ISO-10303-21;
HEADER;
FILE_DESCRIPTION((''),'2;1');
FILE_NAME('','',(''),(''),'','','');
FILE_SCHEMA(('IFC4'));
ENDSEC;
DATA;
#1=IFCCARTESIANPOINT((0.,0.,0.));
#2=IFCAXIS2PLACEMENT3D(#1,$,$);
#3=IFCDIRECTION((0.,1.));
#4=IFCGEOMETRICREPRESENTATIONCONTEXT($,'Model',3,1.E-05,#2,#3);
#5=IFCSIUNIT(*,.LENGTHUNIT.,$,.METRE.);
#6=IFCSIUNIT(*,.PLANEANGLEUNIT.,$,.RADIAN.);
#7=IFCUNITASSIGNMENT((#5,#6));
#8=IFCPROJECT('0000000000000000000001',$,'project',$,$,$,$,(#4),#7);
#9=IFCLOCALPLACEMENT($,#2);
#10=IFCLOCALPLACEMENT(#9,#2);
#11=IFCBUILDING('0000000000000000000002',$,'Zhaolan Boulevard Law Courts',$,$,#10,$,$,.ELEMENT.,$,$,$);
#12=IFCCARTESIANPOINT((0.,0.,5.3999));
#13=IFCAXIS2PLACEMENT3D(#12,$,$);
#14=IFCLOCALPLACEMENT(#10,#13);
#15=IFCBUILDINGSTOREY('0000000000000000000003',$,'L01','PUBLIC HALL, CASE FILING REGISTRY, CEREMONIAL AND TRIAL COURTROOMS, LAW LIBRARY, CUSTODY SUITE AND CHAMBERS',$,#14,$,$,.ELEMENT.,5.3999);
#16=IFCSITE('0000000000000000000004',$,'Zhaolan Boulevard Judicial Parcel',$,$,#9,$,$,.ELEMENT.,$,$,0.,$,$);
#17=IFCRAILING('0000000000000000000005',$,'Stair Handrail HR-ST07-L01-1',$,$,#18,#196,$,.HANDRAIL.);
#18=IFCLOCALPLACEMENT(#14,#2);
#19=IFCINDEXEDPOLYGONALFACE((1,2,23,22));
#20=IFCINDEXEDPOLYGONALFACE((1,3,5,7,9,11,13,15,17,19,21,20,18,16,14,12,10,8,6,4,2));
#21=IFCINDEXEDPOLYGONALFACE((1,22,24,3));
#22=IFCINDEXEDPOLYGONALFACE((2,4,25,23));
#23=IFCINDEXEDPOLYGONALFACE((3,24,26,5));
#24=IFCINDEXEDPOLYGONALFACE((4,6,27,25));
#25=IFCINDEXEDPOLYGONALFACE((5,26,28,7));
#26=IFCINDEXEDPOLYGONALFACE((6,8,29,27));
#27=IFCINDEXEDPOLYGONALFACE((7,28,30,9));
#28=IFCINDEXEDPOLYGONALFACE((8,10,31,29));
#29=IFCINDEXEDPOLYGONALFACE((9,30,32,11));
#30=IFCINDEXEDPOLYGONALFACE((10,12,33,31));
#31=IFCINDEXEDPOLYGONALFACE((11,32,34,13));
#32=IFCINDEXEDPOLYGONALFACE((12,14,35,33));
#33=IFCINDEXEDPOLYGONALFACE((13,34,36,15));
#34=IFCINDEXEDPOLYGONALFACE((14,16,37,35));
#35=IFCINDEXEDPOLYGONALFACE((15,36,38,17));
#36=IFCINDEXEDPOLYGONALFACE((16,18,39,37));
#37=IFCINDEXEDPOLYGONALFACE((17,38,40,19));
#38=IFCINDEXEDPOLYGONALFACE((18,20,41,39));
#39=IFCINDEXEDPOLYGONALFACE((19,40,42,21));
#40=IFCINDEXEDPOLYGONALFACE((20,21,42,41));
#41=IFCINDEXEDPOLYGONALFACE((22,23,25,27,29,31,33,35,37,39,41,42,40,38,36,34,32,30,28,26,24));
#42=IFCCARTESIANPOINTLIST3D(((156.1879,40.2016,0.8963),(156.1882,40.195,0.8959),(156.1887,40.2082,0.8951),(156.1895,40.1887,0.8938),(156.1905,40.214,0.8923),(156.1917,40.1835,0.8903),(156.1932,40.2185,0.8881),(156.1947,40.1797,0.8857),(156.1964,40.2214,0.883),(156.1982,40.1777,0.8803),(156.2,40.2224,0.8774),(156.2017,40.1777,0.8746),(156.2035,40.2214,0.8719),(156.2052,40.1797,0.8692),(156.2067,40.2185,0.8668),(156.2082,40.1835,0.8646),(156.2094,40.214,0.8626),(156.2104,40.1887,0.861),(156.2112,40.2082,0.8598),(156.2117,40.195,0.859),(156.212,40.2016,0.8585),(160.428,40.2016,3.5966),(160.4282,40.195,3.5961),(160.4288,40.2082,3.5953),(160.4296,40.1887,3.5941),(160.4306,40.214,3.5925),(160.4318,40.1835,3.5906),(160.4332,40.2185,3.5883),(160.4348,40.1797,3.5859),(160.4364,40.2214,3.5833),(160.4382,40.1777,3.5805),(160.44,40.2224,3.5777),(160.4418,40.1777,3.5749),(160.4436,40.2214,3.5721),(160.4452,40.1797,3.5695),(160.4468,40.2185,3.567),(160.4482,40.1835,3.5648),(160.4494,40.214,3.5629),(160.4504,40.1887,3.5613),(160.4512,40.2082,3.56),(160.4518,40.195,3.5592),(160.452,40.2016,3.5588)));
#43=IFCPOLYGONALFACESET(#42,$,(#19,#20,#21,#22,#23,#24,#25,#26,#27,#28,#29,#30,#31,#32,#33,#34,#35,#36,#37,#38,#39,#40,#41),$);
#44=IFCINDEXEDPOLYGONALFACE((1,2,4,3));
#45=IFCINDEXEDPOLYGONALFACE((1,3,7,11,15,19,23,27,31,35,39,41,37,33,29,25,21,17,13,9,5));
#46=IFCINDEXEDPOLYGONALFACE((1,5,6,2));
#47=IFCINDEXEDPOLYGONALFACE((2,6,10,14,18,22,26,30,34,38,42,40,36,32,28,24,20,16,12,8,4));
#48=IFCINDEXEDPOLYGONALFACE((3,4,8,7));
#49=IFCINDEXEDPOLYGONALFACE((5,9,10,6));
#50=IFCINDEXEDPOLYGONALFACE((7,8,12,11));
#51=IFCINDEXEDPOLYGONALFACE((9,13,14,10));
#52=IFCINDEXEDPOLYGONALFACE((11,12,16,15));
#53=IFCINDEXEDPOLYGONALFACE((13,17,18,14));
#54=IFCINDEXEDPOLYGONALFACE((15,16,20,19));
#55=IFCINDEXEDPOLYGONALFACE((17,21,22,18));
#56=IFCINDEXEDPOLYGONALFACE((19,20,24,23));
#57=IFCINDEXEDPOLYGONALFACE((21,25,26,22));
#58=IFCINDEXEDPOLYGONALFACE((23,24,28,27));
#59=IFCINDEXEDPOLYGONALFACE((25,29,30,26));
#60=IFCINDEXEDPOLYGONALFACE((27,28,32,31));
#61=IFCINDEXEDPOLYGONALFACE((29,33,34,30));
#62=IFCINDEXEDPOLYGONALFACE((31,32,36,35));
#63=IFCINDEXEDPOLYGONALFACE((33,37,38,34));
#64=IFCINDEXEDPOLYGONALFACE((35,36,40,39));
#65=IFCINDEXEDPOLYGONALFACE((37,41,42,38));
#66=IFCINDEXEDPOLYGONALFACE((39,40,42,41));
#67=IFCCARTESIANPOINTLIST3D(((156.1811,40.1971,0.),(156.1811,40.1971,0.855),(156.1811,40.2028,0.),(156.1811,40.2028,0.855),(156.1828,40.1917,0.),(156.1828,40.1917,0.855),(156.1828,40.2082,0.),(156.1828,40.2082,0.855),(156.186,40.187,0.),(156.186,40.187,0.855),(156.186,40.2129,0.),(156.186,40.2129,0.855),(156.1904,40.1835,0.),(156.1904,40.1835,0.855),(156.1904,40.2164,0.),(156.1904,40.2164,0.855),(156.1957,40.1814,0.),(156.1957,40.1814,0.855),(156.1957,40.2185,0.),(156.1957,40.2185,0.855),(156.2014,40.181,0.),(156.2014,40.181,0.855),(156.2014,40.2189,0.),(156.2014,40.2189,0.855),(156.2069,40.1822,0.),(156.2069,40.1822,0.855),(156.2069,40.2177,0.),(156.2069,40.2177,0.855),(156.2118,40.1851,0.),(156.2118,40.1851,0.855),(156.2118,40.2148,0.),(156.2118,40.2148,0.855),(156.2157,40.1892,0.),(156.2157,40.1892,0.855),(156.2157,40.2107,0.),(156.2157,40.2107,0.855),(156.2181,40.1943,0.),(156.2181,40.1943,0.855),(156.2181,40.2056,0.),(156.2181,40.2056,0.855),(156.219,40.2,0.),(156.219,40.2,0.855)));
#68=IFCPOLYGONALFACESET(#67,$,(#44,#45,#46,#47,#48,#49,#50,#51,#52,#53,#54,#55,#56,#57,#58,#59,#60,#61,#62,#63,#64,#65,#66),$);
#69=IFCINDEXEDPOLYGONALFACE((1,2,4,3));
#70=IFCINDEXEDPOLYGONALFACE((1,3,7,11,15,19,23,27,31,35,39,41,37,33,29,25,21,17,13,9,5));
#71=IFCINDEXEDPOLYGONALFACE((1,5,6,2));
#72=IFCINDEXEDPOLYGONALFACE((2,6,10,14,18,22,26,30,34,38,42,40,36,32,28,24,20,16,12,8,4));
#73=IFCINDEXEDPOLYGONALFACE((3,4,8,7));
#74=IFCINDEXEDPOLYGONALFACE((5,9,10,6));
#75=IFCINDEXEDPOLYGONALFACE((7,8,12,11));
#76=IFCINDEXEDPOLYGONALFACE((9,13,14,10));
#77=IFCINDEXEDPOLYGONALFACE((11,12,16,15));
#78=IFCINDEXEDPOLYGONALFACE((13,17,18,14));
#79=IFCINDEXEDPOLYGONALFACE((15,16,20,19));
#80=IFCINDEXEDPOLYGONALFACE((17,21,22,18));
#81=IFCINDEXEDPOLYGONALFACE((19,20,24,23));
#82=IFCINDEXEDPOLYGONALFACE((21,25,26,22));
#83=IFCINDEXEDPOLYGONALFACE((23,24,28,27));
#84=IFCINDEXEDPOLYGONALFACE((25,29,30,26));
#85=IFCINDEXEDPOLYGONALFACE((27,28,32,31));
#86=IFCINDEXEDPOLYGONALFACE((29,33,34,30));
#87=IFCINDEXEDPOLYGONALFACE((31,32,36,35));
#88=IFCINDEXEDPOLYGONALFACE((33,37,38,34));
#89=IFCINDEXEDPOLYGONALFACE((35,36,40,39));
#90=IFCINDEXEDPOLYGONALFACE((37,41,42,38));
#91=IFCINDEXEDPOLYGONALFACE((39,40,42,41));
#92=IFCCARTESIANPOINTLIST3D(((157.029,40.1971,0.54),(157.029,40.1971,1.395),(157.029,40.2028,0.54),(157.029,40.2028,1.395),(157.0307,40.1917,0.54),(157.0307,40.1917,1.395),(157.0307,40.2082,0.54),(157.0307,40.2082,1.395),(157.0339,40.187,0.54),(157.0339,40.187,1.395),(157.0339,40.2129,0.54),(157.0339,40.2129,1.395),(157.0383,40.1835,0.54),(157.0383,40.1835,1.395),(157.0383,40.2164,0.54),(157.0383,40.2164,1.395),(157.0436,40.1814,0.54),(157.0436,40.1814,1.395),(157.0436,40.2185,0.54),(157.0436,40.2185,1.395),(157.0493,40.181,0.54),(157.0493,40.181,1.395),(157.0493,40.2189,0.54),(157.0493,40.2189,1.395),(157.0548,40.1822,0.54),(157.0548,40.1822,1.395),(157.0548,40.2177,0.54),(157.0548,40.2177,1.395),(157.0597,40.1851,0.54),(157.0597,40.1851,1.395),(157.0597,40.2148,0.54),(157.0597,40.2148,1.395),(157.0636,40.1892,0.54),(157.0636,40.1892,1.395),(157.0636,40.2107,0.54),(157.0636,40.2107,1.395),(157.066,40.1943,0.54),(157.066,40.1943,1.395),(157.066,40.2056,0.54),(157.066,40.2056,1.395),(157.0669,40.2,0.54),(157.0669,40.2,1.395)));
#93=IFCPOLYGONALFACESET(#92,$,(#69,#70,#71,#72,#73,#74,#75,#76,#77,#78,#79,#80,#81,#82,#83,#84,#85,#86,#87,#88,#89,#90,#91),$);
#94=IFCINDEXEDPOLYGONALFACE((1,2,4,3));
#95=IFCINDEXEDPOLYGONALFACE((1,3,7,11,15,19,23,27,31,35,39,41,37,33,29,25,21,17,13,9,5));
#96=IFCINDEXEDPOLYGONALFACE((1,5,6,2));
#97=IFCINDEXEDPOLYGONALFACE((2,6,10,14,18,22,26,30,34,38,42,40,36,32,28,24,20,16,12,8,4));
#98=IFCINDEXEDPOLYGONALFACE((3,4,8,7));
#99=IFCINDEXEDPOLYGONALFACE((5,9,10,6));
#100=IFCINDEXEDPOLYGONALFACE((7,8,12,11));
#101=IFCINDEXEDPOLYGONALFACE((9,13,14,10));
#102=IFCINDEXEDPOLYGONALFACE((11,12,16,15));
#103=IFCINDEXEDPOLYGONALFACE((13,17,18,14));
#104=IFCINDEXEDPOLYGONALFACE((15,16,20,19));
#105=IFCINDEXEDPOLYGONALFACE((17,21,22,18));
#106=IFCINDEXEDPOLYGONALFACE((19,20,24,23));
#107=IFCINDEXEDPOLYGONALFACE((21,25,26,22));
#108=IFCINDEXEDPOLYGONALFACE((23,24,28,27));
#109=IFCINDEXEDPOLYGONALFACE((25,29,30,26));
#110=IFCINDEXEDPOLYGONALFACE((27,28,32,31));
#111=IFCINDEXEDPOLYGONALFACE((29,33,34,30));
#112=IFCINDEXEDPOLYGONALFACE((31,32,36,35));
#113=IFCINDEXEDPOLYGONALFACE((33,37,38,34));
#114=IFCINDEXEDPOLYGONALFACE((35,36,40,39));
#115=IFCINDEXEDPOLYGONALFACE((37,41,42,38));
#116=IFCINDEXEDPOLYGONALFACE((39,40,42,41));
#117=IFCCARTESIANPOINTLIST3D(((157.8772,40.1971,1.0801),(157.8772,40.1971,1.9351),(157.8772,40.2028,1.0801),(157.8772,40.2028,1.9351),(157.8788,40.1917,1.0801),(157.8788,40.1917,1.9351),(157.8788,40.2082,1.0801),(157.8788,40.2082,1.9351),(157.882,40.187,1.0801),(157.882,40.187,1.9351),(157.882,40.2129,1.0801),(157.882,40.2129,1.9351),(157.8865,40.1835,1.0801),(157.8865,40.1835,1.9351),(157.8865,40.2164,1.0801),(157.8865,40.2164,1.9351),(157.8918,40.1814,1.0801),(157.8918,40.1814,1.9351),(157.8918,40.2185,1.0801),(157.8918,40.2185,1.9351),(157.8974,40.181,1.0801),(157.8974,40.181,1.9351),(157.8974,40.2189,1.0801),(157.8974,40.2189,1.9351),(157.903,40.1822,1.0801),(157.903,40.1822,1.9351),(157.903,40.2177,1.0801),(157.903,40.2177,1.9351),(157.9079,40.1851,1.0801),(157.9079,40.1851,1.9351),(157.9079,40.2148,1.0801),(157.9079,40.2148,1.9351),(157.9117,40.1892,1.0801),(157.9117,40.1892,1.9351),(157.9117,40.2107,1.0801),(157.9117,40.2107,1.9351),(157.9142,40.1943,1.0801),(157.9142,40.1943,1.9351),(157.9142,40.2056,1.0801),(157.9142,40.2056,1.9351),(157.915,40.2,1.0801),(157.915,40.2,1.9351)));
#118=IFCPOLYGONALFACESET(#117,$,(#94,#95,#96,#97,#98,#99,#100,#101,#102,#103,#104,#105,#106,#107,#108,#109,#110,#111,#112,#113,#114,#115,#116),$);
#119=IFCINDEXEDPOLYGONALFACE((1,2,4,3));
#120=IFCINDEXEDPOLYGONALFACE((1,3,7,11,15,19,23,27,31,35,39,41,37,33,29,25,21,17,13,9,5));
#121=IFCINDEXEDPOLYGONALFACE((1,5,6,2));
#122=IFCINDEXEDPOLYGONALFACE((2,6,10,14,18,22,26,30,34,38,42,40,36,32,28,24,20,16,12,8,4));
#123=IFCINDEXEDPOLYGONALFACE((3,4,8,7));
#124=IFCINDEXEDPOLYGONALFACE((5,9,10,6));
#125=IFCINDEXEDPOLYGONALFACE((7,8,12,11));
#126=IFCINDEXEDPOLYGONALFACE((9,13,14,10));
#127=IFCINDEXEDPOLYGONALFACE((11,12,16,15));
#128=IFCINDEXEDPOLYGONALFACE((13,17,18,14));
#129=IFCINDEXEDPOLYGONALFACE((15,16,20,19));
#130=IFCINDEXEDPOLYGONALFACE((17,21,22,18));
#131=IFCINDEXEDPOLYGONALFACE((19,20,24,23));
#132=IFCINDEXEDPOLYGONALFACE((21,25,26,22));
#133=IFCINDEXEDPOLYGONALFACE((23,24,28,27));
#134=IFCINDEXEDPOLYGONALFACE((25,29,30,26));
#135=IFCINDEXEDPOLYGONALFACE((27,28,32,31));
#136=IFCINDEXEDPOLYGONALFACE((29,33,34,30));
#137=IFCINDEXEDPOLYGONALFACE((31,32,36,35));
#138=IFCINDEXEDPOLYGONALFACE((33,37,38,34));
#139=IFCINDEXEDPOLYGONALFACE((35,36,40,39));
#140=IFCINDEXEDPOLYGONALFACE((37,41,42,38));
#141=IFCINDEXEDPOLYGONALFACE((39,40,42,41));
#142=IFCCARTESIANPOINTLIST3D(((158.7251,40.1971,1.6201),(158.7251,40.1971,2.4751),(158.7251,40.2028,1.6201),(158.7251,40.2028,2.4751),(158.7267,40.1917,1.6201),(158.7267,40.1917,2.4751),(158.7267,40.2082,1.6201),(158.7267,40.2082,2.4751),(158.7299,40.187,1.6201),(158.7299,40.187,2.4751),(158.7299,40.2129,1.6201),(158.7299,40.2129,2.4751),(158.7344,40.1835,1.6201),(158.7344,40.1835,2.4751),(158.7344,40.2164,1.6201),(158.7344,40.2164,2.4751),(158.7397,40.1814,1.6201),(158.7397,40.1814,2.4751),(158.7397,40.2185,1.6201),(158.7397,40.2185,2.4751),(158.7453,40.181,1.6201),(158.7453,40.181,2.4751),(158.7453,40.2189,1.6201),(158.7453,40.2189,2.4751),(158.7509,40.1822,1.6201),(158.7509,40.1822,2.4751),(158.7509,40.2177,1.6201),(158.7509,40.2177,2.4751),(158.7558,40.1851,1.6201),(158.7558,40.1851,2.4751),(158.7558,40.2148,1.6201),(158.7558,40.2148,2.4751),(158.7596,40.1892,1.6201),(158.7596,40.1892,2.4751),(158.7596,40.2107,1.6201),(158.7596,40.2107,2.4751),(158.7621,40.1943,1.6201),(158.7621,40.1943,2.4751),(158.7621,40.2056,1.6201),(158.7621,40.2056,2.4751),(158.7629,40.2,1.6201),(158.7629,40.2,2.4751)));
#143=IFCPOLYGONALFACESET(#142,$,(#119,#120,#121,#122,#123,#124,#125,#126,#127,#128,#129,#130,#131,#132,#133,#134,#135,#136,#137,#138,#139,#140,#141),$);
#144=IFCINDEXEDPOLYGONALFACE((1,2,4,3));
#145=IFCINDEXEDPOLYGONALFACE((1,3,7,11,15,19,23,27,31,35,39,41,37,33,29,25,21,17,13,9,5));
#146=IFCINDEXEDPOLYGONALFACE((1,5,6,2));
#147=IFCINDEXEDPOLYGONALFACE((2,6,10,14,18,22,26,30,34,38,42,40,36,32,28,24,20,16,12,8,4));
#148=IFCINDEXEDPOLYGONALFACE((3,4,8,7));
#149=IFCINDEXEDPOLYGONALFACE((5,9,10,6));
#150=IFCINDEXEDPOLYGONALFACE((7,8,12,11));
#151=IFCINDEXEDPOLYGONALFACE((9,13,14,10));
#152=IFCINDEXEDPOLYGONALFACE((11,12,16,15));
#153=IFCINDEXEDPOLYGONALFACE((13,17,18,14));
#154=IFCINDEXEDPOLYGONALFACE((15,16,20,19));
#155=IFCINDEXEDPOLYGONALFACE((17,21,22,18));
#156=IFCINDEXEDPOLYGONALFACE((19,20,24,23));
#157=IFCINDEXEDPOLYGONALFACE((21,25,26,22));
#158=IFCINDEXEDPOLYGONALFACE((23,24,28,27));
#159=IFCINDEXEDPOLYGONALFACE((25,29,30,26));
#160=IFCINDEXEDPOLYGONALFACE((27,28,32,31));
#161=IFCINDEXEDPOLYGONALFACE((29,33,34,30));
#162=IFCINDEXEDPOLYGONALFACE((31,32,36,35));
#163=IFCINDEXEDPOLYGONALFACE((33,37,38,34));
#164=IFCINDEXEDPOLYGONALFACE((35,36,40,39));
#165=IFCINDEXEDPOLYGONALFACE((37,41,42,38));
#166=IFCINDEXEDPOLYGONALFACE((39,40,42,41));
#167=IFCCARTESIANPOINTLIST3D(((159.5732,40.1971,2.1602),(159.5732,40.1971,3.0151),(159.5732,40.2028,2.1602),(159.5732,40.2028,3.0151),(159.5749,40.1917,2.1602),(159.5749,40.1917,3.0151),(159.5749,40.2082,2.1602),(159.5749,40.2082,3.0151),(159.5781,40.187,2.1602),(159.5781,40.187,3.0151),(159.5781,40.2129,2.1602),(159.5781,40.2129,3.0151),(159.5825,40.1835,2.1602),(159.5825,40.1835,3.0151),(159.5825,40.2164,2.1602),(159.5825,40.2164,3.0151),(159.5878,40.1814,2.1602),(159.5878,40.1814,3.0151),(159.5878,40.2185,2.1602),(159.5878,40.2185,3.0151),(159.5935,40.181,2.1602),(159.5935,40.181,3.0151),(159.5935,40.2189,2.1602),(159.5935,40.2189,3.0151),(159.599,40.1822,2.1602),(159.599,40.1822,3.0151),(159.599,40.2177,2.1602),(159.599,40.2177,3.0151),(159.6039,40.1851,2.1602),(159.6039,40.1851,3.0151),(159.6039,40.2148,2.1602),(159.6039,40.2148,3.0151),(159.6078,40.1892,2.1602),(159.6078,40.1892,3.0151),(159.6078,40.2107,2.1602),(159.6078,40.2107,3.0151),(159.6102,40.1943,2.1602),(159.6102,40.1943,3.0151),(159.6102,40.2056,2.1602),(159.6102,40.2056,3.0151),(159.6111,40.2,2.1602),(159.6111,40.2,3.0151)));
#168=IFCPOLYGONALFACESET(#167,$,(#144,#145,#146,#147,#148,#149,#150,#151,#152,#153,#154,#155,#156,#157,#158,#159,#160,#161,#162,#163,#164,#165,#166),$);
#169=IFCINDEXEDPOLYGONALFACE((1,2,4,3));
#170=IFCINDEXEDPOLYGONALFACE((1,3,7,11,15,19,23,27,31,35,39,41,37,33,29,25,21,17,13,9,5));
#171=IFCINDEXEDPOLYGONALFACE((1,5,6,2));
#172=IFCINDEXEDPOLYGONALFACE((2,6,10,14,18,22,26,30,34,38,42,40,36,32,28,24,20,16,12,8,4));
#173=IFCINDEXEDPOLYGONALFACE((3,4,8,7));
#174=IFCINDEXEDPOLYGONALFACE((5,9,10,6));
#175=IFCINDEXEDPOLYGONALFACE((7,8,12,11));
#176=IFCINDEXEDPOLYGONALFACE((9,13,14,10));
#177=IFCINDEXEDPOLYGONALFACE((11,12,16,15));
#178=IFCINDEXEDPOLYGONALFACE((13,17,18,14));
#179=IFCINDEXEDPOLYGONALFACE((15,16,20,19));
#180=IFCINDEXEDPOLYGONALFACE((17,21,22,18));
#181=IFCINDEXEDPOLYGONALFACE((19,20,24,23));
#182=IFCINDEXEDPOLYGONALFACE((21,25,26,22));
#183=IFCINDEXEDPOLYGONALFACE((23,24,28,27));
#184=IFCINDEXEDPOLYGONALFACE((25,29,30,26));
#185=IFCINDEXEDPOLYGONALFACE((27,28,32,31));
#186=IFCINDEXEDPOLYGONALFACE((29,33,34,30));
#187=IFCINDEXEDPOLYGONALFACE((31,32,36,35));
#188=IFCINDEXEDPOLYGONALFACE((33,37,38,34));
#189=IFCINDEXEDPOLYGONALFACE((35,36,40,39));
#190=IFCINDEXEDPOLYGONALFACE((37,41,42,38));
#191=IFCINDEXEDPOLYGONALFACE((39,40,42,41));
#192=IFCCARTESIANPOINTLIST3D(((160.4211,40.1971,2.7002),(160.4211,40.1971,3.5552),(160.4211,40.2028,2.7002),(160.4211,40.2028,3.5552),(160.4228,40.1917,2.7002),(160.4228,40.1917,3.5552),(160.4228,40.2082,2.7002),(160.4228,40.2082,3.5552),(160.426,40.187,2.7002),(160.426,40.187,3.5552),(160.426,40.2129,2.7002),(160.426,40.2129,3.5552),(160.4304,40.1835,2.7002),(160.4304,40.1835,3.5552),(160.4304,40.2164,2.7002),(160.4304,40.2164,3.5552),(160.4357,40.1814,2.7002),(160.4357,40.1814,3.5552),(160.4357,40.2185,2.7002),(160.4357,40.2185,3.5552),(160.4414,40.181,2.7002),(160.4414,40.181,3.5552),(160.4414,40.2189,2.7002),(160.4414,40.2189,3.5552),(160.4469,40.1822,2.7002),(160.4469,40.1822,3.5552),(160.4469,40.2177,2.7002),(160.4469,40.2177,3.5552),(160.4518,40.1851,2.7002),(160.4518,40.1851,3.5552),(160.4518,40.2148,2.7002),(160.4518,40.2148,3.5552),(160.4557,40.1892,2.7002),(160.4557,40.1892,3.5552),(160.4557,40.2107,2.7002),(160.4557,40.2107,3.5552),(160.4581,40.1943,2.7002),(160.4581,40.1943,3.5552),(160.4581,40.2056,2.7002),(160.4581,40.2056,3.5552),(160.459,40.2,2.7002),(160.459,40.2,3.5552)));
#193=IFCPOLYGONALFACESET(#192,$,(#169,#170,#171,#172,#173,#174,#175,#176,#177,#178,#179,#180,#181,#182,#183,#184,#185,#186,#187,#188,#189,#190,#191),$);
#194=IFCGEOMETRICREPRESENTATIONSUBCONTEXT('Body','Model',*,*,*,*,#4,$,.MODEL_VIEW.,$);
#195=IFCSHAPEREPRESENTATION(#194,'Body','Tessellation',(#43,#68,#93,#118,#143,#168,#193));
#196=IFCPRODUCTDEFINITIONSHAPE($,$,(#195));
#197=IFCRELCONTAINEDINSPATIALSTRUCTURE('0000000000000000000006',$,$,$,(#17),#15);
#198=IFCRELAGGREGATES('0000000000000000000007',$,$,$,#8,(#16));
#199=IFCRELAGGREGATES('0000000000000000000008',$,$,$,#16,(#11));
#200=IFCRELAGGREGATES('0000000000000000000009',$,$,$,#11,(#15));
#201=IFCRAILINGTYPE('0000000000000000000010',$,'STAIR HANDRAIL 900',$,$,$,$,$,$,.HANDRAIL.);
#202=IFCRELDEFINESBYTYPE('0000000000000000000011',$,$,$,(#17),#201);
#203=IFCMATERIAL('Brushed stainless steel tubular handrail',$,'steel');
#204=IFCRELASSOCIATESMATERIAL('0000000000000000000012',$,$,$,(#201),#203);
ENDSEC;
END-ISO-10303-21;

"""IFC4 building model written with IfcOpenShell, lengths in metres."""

from ifc_helpers import new_model, si_unit, direction, frame, origin, origin_2d, place, context, subcontext, project, spatial, circle, extrude, material, type_object, element, save


model = new_model("IFC4")

# Units and contexts
model_context = context("Model", 3, precision=1e-05, world=origin(), true_north=direction((0.0, 1.0)))
body_context = subcontext(model_context, "Body", "Model", "MODEL_VIEW")
ifc_project = project(units=[si_unit("LENGTHUNIT", "METRE"), si_unit("PLANEANGLEUNIT", "RADIAN")], contexts=[model_context])

# Site, building, storey
site_placement = place(None, origin())
site = spatial("IfcSite", under=ifc_project, at=site_placement, Name="Zhaolan Boulevard Judicial Parcel", CompositionType="ELEMENT", RefElevation=0.0)
building_placement = place(site_placement, origin())
building = spatial("IfcBuilding", under=site, at=building_placement, Name="Zhaolan Boulevard Law Courts", CompositionType="ELEMENT")
storey_placement = place(building_placement, frame((0.0, 0.0, 5.3999)))
storey = spatial("IfcBuildingStorey", under=building, at=storey_placement, Name="L01", Description="PUBLIC HALL, CASE FILING REGISTRY, CEREMONIAL AND TRIAL COURTROOMS, LAW LIBRARY, CUSTODY SUITE AND CHAMBERS", CompositionType="ELEMENT", Elevation=5.3999)

# Railing
ifc_material_1 = material(Name="Brushed stainless steel tubular handrail", Category="steel")
railing_type_1 = type_object("IfcRailingType", Name="STAIR HANDRAIL 900", PredefinedType="HANDRAIL", material=ifc_material_1)
railing_1_placement = place(storey_placement, frame((156.2, 40.2, 0.0)))
element("IfcRailing", 1, at=railing_1_placement, inside=storey, type_object=railing_type_1, Name="Stair Handrail HR-ST07-L01-1", PredefinedType="HANDRAIL", context=body_context, shape_type="SweptSolid", body=[
    extrude(circle(Radius=0.0225, at=origin_2d()), frame((0.0, 0.0, 0.8774), z_axis=(0.843479, 0.0, 0.537161), x_axis=(0.0, 1.0, 0.0)), (0.0, 0.0, 1.0), 5.0269),
    extrude(circle(Radius=0.019, at=origin_2d()), origin(), (0.0, 0.0, 1.0), 0.855),
    extrude(circle(Radius=0.019, at=origin_2d()), frame((0.8479, 0.0, 0.54)), (0.0, 0.0, 1.0), 0.855),
    extrude(circle(Radius=0.019, at=origin_2d()), frame((1.696, 0.0, 1.0801)), (0.0, 0.0, 1.0), 0.855),
    extrude(circle(Radius=0.019, at=origin_2d()), frame((2.5439, 0.0, 1.6201)), (0.0, 0.0, 1.0), 0.855),
    extrude(circle(Radius=0.019, at=origin_2d()), frame((3.3921, 0.0, 2.1602)), (0.0, 0.0, 1.0), 0.855),
    extrude(circle(Radius=0.019, at=origin_2d()), frame((4.24, 0.0, 2.7002)), (0.0, 0.0, 1.0), 0.855),
])

save(model, "model.ifc")
